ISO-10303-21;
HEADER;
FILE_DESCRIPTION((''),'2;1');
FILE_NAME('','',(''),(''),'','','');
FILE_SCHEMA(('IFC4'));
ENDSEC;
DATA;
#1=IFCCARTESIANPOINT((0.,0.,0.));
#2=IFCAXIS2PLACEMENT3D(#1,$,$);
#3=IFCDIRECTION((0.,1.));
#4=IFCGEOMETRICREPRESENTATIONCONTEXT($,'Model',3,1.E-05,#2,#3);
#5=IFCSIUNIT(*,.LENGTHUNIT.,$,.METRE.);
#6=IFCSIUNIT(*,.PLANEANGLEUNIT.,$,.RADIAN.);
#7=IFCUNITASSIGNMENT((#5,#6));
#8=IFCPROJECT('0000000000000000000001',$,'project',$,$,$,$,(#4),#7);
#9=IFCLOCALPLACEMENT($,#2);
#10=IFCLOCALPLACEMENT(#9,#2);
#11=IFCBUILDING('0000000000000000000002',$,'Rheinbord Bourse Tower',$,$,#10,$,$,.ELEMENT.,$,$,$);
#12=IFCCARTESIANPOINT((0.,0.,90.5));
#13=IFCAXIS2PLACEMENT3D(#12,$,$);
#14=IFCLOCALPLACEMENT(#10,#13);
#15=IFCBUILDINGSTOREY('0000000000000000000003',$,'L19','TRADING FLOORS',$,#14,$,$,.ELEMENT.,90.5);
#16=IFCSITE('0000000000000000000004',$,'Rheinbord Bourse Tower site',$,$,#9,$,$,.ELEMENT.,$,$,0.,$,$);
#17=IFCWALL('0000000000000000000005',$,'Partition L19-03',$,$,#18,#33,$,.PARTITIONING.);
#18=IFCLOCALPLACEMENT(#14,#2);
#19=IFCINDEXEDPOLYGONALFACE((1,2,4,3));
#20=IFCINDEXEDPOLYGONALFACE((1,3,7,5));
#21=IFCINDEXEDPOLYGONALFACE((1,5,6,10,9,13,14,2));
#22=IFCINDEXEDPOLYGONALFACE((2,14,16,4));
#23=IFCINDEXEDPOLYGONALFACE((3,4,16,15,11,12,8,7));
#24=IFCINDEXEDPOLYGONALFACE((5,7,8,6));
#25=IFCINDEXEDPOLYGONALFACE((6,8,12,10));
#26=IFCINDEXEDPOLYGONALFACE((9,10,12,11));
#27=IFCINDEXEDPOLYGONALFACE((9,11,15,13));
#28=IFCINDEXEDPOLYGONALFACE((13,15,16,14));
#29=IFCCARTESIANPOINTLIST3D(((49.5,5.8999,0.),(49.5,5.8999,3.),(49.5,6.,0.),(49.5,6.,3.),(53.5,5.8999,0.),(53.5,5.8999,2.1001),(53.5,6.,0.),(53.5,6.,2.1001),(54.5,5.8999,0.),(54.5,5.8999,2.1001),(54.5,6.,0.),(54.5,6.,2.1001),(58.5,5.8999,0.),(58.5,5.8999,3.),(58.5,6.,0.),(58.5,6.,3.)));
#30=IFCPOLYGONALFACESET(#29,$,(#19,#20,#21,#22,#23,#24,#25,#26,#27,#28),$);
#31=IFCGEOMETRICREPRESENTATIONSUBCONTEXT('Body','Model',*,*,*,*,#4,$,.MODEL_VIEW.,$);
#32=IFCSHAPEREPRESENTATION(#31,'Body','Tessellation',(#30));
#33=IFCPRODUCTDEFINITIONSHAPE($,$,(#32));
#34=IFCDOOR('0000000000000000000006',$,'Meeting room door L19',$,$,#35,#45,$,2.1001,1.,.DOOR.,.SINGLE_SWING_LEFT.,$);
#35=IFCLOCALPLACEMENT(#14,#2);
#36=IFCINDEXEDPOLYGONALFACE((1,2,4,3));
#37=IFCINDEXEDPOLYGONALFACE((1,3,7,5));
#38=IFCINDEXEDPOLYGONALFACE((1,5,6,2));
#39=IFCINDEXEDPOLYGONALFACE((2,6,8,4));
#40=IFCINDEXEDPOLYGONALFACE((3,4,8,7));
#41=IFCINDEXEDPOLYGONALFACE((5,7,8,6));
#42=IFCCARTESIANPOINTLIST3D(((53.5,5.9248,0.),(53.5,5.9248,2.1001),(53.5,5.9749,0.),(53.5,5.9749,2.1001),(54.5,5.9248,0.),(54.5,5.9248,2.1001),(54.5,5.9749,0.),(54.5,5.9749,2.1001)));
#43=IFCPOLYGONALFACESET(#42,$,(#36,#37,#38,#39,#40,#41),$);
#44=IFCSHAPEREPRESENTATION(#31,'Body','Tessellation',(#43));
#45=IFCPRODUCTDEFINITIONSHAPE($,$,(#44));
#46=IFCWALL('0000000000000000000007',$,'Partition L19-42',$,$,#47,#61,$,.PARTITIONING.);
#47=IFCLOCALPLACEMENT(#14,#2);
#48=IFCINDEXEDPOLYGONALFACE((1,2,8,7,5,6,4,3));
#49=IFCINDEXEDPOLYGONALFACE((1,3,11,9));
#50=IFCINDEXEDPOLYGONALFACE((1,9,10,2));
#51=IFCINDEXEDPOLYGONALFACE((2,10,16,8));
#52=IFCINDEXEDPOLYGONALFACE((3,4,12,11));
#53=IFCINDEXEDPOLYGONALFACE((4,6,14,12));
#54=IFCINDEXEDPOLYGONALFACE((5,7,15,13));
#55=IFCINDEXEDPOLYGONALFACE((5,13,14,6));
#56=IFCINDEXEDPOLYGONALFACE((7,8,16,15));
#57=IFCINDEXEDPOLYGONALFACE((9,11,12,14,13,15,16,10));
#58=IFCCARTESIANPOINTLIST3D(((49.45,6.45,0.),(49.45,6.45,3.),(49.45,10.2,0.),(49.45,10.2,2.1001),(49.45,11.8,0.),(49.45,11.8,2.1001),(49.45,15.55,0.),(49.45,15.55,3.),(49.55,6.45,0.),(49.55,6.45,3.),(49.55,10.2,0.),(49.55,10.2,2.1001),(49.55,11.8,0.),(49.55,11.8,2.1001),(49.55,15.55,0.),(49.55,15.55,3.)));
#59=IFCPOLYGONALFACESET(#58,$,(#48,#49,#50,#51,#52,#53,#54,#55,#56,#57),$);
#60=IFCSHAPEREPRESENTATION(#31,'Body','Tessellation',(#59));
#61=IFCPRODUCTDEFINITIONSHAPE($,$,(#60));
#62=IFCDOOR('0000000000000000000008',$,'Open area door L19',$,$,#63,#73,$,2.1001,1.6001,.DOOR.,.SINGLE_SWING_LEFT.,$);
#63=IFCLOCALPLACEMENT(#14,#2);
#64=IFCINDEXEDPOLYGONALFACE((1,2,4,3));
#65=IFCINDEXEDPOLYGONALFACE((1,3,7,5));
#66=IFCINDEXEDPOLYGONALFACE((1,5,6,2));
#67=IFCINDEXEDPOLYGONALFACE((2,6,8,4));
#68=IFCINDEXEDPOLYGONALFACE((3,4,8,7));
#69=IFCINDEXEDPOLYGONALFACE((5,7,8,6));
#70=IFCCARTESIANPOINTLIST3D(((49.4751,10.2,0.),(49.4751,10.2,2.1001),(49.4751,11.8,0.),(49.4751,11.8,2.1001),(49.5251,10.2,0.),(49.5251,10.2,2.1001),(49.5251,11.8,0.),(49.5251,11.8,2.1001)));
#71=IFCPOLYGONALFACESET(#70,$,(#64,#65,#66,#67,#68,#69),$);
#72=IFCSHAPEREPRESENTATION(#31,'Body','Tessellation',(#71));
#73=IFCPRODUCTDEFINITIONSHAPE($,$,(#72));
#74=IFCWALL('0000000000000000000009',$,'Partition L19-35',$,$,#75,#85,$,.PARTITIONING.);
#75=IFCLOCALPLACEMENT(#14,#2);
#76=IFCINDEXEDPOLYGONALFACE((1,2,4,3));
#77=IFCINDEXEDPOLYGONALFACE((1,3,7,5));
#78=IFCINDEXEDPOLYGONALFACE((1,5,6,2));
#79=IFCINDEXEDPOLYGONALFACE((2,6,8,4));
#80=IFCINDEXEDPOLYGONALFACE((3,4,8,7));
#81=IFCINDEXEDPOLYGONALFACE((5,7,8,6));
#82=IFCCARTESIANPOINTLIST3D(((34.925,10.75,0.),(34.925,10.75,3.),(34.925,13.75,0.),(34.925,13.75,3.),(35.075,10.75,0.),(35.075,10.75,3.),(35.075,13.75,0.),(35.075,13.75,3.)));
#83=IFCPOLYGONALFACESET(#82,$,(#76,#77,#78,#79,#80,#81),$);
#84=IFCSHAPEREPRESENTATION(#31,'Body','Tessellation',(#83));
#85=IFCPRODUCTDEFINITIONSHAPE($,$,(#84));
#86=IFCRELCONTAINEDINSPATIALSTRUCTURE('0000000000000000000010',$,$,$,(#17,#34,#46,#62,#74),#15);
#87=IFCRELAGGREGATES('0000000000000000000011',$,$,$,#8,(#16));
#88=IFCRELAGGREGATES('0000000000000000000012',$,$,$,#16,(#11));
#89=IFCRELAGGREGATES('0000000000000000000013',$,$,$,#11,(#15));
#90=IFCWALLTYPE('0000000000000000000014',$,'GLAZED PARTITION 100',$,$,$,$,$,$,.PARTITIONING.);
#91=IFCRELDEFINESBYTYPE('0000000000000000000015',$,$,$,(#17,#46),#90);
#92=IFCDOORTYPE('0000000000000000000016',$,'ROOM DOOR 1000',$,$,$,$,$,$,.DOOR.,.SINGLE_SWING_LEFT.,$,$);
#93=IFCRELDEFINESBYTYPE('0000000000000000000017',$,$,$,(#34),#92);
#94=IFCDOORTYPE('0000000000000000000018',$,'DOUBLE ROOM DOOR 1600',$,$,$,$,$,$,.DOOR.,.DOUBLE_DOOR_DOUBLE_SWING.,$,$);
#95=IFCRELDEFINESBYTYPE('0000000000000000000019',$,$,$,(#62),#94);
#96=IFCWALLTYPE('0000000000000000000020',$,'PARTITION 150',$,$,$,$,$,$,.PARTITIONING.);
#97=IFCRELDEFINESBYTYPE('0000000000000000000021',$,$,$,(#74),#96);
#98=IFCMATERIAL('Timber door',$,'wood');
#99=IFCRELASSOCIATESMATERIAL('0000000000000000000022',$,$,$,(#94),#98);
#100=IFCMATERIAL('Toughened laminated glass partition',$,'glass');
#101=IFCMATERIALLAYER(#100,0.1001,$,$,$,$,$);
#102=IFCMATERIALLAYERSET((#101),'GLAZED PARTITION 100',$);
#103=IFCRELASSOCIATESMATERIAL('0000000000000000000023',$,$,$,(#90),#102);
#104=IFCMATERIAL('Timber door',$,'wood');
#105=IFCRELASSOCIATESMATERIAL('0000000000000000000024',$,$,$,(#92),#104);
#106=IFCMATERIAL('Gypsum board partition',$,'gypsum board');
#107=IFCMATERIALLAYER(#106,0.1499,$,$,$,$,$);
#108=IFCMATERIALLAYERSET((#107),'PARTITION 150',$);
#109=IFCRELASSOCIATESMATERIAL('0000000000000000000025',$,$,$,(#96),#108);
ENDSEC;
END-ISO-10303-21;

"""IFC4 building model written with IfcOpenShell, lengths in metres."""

from ifc_helpers import new_model, si_unit, direction, frame, frame_2d, origin, place, context, subcontext, project, spatial, rectangle, extrude, material, layer, layer_set, type_object, element, fill, save


model = new_model("IFC4")

# Units and contexts
model_context = context("Model", 3, precision=1e-05, world=origin(), true_north=direction((0.0, 1.0)))
body_context = subcontext(model_context, "Body", "Model", "MODEL_VIEW")
ifc_project = project(units=[si_unit("LENGTHUNIT", "METRE"), si_unit("PLANEANGLEUNIT", "RADIAN")], contexts=[model_context])

# Site, building, storey
site_placement = place(None, origin())
site = spatial("IfcSite", under=ifc_project, at=site_placement, Name="Rheinbord Bourse Tower site", CompositionType="ELEMENT", RefElevation=0.0)
building_placement = place(site_placement, origin())
building = spatial("IfcBuilding", under=site, at=building_placement, Name="Rheinbord Bourse Tower", CompositionType="ELEMENT")
storey_placement = place(building_placement, frame((0.0, 0.0, 90.5)))
storey = spatial("IfcBuildingStorey", under=building, at=storey_placement, Name="L19", Description="TRADING FLOORS", CompositionType="ELEMENT", Elevation=90.5)

# Shared definitions
ifc_material_1 = material(Name="Timber door", Category="wood")
door_type_1 = type_object("IfcDoorType", Name="DOUBLE ROOM DOOR 1600", OperationType="DOUBLE_DOOR_DOUBLE_SWING", PredefinedType="DOOR", material=ifc_material_1)

# Walls, openings, doors
ifc_material_2 = material(Name="Toughened laminated glass partition", Category="glass")
ifc_layer_1 = layer(ifc_material_2, 0.1001)
ifc_layer_set_1 = layer_set([ifc_layer_1], Name="GLAZED PARTITION 100")
wall_type_1 = type_object("IfcWallType", Name="GLAZED PARTITION 100", PredefinedType="PARTITIONING", material=ifc_layer_set_1)
wall_1_placement = place(storey_placement, frame((49.5, 5.95, 0.0), z_axis=(0.0, 0.0, 1.0), x_axis=(1.0, 0.0, 0.0)))
wall_1 = element("IfcWall", 1, at=wall_1_placement, inside=storey, type_object=wall_type_1, Name="Partition L19-03", PredefinedType="PARTITIONING", context=body_context, shape_type="SweptSolid", body=[
    extrude(rectangle(XDim=9.0, YDim=0.1001, at=frame_2d((4.5, 0.0))), origin(), (0.0, 0.0, 1.0), 3.0),
])
opening_1_placement = place(wall_1_placement, frame((4.0, 0.0, 0.0)))
opening_1 = element("IfcOpeningElement", 2, at=opening_1_placement, cuts=wall_1, PredefinedType="OPENING", context=body_context, shape_type="SweptSolid", body=[
    extrude(rectangle(XDim=1.0, YDim=2.1001, at=frame_2d((0.5, 1.05))), frame((0.0, 0.0601, 0.0), z_axis=(0.0, -1.0, 0.0), x_axis=(1.0, 0.0, 0.0)), (0.0, 0.0, 1.0), 0.1201),
])
ifc_material_3 = material(Name="Timber door", Category="wood")
door_type_2 = type_object("IfcDoorType", Name="ROOM DOOR 1000", OperationType="SINGLE_SWING_LEFT", PredefinedType="DOOR", material=ifc_material_3)
door_1_placement = place(opening_1_placement, origin())
door_1 = element("IfcDoor", 3, at=door_1_placement, inside=storey, type_object=door_type_2, Name="Meeting room door L19", OperationType="SINGLE_SWING_LEFT", OverallHeight=2.1001, OverallWidth=1.0, PredefinedType="DOOR", context=body_context, shape_type="SweptSolid", body=[
    extrude(rectangle(XDim=1.0, YDim=2.1001, at=frame_2d((0.5, 1.05))), frame((0.0, 0.0249, 0.0), z_axis=(0.0, -1.0, 0.0), x_axis=(1.0, 0.0, 0.0)), (0.0, 0.0, 1.0), 0.05),
])
fill(opening_1, door_1)
wall_2_placement = place(storey_placement, frame((49.5, 6.45, 0.0), z_axis=(0.0, 0.0, 1.0), x_axis=(0.0, 1.0, 0.0)))
wall_2 = element("IfcWall", 4, at=wall_2_placement, inside=storey, type_object=wall_type_1, Name="Partition L19-42", PredefinedType="PARTITIONING", context=body_context, shape_type="SweptSolid", body=[
    extrude(rectangle(XDim=9.1001, YDim=0.1001, at=frame_2d((4.55, 0.0))), origin(), (0.0, 0.0, 1.0), 3.0),
])
opening_2_placement = place(wall_2_placement, frame((3.75, 0.0, 0.0)))
opening_2 = element("IfcOpeningElement", 5, at=opening_2_placement, cuts=wall_2, PredefinedType="OPENING", context=body_context, shape_type="SweptSolid", body=[
    extrude(rectangle(XDim=1.6001, YDim=2.1001, at=frame_2d((0.8, 1.05))), frame((0.0, 0.0601, 0.0), z_axis=(0.0, -1.0, 0.0), x_axis=(1.0, 0.0, 0.0)), (0.0, 0.0, 1.0), 0.1201),
])
door_2_placement = place(opening_2_placement, origin())
door_2 = element("IfcDoor", 6, at=door_2_placement, inside=storey, type_object=door_type_1, Name="Open area door L19", OperationType="SINGLE_SWING_LEFT", OverallHeight=2.1001, OverallWidth=1.6001, PredefinedType="DOOR", context=body_context, shape_type="SweptSolid", body=[
    extrude(rectangle(XDim=1.6001, YDim=2.1001, at=frame_2d((0.8, 1.05))), frame((0.0, 0.0249, 0.0), z_axis=(0.0, -1.0, 0.0), x_axis=(1.0, 0.0, 0.0)), (0.0, 0.0, 1.0), 0.05),
])
fill(opening_2, door_2)

# Wall
ifc_material_4 = material(Name="Gypsum board partition", Category="gypsum board")
ifc_layer_2 = layer(ifc_material_4, 0.1499)
ifc_layer_set_2 = layer_set([ifc_layer_2], Name="PARTITION 150")
wall_type_2 = type_object("IfcWallType", Name="PARTITION 150", PredefinedType="PARTITIONING", material=ifc_layer_set_2)
wall_3_placement = place(storey_placement, frame((35.0, 10.75, 0.0), z_axis=(0.0, 0.0, 1.0), x_axis=(0.0, 1.0, 0.0)))
element("IfcWall", 7, at=wall_3_placement, inside=storey, type_object=wall_type_2, Name="Partition L19-35", PredefinedType="PARTITIONING", context=body_context, shape_type="SweptSolid", body=[
    extrude(rectangle(XDim=3.0, YDim=0.1499, at=frame_2d((1.5, 0.0))), origin(), (0.0, 0.0, 1.0), 3.0),
])

save(model, "model.ifc")
